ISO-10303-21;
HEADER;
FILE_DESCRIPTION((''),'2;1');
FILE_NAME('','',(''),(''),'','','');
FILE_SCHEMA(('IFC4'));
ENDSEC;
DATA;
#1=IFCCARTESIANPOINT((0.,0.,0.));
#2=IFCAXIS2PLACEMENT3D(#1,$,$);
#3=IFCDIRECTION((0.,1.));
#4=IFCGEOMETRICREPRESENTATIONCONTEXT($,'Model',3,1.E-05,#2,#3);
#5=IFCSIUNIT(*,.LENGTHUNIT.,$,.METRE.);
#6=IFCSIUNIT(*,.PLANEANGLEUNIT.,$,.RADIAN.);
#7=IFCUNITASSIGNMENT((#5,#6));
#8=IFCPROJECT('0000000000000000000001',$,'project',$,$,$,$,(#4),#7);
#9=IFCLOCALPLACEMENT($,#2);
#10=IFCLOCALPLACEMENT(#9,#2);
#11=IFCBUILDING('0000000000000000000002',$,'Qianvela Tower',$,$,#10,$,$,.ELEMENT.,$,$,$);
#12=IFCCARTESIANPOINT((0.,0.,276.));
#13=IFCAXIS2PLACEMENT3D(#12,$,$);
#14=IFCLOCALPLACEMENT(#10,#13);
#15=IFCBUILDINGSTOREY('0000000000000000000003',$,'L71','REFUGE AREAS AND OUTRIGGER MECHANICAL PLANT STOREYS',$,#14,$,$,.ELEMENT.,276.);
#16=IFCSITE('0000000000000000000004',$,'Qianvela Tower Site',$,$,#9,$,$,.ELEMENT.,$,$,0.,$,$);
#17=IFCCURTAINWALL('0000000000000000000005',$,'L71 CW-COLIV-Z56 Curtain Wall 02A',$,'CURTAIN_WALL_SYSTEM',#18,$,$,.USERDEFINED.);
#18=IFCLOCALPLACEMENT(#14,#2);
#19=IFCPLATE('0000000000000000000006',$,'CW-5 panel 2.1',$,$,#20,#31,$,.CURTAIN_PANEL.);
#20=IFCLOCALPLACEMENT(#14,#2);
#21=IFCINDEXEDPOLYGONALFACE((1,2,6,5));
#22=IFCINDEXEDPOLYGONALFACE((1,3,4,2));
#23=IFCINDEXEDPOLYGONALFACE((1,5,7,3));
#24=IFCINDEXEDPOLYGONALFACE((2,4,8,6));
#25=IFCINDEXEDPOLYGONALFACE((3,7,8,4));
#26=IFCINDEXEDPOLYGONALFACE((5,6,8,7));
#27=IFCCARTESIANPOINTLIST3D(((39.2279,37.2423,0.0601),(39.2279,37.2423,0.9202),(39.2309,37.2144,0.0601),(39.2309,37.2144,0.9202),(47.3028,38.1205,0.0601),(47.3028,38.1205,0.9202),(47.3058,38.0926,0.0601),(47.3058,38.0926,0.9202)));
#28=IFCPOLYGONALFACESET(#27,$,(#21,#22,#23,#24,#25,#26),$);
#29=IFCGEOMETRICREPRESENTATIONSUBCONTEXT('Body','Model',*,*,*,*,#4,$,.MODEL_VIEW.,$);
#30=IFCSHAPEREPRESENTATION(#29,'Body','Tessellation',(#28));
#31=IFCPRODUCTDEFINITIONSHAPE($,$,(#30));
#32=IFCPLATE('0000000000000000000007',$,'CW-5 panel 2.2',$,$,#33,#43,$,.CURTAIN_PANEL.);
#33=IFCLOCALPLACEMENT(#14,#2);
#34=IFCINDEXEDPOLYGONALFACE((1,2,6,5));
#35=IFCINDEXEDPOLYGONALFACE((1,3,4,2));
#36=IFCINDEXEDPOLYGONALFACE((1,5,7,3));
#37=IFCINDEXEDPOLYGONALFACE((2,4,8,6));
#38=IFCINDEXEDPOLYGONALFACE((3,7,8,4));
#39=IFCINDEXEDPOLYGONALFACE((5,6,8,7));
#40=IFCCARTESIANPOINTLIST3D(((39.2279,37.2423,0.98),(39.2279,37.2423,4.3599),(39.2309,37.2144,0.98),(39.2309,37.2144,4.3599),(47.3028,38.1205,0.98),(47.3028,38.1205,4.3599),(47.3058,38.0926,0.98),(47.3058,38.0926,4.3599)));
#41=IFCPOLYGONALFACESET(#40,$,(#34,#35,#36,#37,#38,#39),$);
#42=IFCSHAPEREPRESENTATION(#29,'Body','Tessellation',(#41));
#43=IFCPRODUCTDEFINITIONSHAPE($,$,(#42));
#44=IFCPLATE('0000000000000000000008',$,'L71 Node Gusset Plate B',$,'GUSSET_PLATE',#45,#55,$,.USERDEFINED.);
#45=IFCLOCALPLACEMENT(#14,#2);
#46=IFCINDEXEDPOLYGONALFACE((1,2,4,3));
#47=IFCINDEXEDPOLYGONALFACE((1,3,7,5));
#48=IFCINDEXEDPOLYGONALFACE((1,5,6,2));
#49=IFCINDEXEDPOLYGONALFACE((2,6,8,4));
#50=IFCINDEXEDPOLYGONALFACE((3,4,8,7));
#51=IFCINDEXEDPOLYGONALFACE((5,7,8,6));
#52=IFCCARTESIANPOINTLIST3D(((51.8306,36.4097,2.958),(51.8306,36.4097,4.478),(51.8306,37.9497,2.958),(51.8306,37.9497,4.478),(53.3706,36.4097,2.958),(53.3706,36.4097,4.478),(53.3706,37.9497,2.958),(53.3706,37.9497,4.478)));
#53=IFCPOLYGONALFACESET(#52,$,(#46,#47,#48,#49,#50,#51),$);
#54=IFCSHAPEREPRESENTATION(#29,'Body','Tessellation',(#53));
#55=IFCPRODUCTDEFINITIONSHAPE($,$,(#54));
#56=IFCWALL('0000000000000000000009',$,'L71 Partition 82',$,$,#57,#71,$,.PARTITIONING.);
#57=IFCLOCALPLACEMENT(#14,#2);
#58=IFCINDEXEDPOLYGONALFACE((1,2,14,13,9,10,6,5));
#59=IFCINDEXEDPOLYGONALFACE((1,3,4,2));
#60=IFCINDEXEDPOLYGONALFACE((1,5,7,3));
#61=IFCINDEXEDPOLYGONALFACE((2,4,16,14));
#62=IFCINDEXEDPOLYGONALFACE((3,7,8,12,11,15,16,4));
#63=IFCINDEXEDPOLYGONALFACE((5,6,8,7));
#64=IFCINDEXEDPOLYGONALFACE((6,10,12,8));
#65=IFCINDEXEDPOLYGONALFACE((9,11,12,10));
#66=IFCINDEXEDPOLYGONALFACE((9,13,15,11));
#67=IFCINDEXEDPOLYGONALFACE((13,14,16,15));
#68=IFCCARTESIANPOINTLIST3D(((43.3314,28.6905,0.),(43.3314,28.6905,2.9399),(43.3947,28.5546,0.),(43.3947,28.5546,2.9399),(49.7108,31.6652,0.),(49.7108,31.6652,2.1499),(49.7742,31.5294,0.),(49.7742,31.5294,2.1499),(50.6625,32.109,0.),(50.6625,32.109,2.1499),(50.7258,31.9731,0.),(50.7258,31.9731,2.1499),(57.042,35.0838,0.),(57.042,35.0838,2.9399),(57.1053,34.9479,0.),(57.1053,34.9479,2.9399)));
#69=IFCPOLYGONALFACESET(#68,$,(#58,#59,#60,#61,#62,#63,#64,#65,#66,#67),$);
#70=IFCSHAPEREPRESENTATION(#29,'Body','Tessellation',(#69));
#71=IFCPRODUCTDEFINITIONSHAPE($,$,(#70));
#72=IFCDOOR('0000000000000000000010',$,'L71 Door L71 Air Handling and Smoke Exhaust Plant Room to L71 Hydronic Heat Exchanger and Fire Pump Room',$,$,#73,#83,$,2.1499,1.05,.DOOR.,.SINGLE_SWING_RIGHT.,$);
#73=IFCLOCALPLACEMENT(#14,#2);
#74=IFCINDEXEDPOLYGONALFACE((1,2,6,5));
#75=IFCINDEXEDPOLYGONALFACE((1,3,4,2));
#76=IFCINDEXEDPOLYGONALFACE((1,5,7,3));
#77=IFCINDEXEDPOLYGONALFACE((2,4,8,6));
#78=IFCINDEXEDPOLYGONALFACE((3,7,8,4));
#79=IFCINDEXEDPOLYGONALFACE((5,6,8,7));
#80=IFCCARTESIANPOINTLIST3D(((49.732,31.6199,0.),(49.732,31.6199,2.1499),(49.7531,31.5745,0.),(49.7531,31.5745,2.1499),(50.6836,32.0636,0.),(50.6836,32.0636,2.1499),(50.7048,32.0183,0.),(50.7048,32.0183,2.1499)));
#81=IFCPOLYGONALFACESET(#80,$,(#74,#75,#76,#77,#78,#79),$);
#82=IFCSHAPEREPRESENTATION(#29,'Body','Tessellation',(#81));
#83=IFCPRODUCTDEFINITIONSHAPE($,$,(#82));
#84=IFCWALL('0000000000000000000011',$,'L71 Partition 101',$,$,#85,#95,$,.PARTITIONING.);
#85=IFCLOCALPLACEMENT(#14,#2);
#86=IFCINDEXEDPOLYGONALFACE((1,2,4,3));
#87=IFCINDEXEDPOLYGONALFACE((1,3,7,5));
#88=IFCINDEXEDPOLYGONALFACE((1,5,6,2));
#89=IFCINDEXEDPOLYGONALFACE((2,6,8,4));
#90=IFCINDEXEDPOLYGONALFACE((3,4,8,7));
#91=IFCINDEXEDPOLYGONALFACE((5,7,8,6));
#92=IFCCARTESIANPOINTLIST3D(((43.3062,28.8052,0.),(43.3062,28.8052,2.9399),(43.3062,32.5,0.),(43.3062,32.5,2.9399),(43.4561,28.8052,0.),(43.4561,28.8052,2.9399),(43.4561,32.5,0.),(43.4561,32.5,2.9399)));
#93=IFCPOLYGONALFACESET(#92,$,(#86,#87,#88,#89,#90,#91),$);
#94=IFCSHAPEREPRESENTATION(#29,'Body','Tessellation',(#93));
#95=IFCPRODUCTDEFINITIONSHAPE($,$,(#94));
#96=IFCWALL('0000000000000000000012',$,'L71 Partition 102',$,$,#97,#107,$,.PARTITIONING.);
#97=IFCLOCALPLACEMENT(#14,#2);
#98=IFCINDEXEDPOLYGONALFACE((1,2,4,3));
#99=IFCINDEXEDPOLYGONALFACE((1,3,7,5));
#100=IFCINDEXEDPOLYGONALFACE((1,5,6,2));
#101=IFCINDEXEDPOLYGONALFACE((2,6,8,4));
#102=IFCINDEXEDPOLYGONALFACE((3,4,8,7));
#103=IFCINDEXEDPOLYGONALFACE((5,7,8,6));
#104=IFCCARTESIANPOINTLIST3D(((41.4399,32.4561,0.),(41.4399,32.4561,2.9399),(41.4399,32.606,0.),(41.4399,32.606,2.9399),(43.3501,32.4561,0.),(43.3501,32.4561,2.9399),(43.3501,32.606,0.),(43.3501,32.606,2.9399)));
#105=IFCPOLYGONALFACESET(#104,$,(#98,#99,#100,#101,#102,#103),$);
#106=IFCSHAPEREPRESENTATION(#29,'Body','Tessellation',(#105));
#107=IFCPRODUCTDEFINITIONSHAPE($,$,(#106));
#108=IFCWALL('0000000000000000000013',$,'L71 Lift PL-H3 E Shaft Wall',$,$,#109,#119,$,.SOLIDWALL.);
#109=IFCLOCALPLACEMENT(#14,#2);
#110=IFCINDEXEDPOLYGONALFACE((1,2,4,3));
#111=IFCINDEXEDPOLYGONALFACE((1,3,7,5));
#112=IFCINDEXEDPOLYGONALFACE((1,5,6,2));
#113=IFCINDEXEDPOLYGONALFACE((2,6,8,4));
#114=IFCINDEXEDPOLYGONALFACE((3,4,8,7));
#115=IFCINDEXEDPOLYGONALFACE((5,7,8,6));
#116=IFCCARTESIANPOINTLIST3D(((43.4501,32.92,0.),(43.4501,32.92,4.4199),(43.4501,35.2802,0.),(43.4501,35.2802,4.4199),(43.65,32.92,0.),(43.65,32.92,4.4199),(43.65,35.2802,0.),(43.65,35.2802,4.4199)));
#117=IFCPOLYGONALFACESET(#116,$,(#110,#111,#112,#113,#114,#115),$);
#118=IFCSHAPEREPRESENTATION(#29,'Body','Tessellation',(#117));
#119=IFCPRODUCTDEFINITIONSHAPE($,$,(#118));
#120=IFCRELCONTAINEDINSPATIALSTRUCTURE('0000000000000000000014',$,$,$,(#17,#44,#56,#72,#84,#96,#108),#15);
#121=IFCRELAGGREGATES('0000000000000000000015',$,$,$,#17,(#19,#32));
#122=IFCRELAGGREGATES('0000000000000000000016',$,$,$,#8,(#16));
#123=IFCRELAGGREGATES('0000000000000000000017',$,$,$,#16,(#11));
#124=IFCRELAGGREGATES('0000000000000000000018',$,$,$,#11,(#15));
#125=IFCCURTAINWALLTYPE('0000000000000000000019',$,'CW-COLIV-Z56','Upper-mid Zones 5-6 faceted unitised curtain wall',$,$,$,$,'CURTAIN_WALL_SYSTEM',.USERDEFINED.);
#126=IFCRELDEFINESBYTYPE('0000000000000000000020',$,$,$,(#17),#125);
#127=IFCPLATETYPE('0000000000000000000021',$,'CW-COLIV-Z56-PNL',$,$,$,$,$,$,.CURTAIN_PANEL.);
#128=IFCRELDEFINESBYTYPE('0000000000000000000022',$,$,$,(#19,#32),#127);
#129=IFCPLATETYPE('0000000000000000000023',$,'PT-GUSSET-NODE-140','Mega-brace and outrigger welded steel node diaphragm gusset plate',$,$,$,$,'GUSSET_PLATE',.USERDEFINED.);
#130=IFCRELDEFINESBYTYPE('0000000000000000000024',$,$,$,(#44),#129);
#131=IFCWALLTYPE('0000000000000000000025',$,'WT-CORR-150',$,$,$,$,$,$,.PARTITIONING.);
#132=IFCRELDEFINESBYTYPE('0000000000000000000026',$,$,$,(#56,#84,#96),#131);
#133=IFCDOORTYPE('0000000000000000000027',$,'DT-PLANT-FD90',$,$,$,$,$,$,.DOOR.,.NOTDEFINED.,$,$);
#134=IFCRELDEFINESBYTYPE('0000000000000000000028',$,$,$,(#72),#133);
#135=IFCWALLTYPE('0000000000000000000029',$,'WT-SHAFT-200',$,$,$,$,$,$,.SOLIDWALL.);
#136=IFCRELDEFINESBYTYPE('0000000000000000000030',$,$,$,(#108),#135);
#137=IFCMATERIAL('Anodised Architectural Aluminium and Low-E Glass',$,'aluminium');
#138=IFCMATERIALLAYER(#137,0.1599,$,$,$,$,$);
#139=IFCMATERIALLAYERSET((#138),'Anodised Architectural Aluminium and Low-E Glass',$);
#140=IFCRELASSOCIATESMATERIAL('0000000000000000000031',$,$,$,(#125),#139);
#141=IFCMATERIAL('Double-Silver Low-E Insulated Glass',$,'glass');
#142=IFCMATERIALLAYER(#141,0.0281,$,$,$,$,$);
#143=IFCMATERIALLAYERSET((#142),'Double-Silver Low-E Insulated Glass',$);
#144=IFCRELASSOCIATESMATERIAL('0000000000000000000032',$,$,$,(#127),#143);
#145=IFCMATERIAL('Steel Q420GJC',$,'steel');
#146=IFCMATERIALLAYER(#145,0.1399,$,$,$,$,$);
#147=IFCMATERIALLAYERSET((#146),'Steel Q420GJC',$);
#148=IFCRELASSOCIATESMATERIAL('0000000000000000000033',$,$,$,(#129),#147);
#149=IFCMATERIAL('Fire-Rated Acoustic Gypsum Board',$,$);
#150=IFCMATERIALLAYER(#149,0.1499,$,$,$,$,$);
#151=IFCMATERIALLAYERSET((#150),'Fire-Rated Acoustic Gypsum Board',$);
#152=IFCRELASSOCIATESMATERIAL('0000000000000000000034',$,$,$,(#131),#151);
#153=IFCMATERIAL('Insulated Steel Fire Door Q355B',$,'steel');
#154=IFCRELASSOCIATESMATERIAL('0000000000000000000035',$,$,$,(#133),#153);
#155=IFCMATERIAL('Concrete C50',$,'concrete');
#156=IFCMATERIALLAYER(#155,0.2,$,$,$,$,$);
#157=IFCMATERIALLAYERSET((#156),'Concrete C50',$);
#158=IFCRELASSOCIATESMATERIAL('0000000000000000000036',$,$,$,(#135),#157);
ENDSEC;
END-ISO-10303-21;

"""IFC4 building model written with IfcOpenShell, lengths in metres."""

from ifc_helpers import new_model, si_unit, direction, frame, frame_2d, origin, origin_2d, place, context, subcontext, project, spatial, rectangle, extrude, material, layer, layer_set, type_object, element, fill, aggregate, save


model = new_model("IFC4")

# Units and contexts
model_context = context("Model", 3, precision=1e-05, world=origin(), true_north=direction((0.0, 1.0)))
body_context = subcontext(model_context, "Body", "Model", "MODEL_VIEW")
ifc_project = project(units=[si_unit("LENGTHUNIT", "METRE"), si_unit("PLANEANGLEUNIT", "RADIAN")], contexts=[model_context])

# Site, building, storey
site_placement = place(None, origin())
site = spatial("IfcSite", under=ifc_project, at=site_placement, Name="Qianvela Tower Site", CompositionType="ELEMENT", RefElevation=0.0)
building_placement = place(site_placement, origin())
building = spatial("IfcBuilding", under=site, at=building_placement, Name="Qianvela Tower", CompositionType="ELEMENT")
storey_placement = place(building_placement, frame((0.0, 0.0, 276.0)))
storey = spatial("IfcBuildingStorey", under=building, at=storey_placement, Name="L71", Description="REFUGE AREAS AND OUTRIGGER MECHANICAL PLANT STOREYS", CompositionType="ELEMENT", Elevation=276.0)

# Curtain wall
ifc_material_1 = material(Name="Anodised Architectural Aluminium and Low-E Glass", Category="aluminium")
ifc_layer_1 = layer(ifc_material_1, 0.1599)
ifc_layer_set_1 = layer_set([ifc_layer_1], Name="Anodised Architectural Aluminium and Low-E Glass")
curtain_wall_type_1 = type_object("IfcCurtainWallType", Name="CW-COLIV-Z56", Description="Upper-mid Zones 5-6 faceted unitised curtain wall", ElementType="CURTAIN_WALL_SYSTEM", PredefinedType="USERDEFINED", material=ifc_layer_set_1)
curtain_wall_1_placement = place(storey_placement, origin())
curtain_wall_1 = element("IfcCurtainWall", 1, at=curtain_wall_1_placement, inside=storey, type_object=curtain_wall_type_1, Name="L71 CW-COLIV-Z56 Curtain Wall 02A", ObjectType="CURTAIN_WALL_SYSTEM", PredefinedType="USERDEFINED")

# Plates
ifc_material_2 = material(Name="Double-Silver Low-E Insulated Glass", Category="glass")
ifc_layer_2 = layer(ifc_material_2, 0.0281)
ifc_layer_set_2 = layer_set([ifc_layer_2], Name="Double-Silver Low-E Insulated Glass")
plate_type_1 = type_object("IfcPlateType", Name="CW-COLIV-Z56-PNL", PredefinedType="CURTAIN_PANEL", material=ifc_layer_set_2)
plate_1_placement = place(storey_placement, frame((43.2668, 37.6675, 0.0601), z_axis=(0.0, 0.0, 1.0), x_axis=(-0.994138, -0.108121, 0.0)))
plate_1 = element("IfcPlate", 2, at=plate_1_placement, type_object=plate_type_1, Name="CW-5 panel 2.1", PredefinedType="CURTAIN_PANEL", context=body_context, shape_type="SweptSolid", body=[
    extrude(rectangle(XDim=8.1226, YDim=0.0281, at=origin_2d()), origin(), (0.0, 0.0, 1.0), 0.8601),
])
plate_2_placement = place(storey_placement, frame((43.2668, 37.6675, 0.98), z_axis=(0.0, 0.0, 1.0), x_axis=(-0.994138, -0.108121, 0.0)))
plate_2 = element("IfcPlate", 3, at=plate_2_placement, type_object=plate_type_1, Name="CW-5 panel 2.2", PredefinedType="CURTAIN_PANEL", context=body_context, shape_type="SweptSolid", body=[
    extrude(rectangle(XDim=8.1226, YDim=0.0281, at=origin_2d()), origin(), (0.0, 0.0, 1.0), 3.3799),
])
aggregate(curtain_wall_1, [plate_1, plate_2])
ifc_material_3 = material(Name="Steel Q420GJC", Category="steel")
ifc_layer_3 = layer(ifc_material_3, 0.1399)
ifc_layer_set_3 = layer_set([ifc_layer_3], Name="Steel Q420GJC")
plate_type_2 = type_object("IfcPlateType", Name="PT-GUSSET-NODE-140", Description="Mega-brace and outrigger welded steel node diaphragm gusset plate", ElementType="GUSSET_PLATE", PredefinedType="USERDEFINED", material=ifc_layer_set_3)
plate_3_placement = place(storey_placement, frame((52.6006, 37.1797, 2.958), z_axis=(0.0, 0.0, 1.0), x_axis=(1.0, 0.0, 0.0)))
element("IfcPlate", 4, at=plate_3_placement, inside=storey, type_object=plate_type_2, Name="L71 Node Gusset Plate B", ObjectType="GUSSET_PLATE", PredefinedType="USERDEFINED", context=body_context, shape_type="SweptSolid", body=[
    extrude(rectangle(XDim=1.54, YDim=1.54, at=origin_2d()), origin(), (0.0, 0.0, 1.0), 1.52),
])

# Wall, opening, door
ifc_material_4 = material(Name="Fire-Rated Acoustic Gypsum Board")
ifc_layer_4 = layer(ifc_material_4, 0.1499)
ifc_layer_set_4 = layer_set([ifc_layer_4], Name="Fire-Rated Acoustic Gypsum Board")
wall_type_1 = type_object("IfcWallType", Name="WT-CORR-150", PredefinedType="PARTITIONING", material=ifc_layer_set_4)
wall_1_placement = place(storey_placement, frame((43.363, 28.6226, 0.0), z_axis=(0.0, 0.0, 1.0), x_axis=(0.90631, 0.422613, 0.0)))
wall_1 = element("IfcWall", 5, at=wall_1_placement, inside=storey, type_object=wall_type_1, Name="L71 Partition 82", PredefinedType="PARTITIONING", context=body_context, shape_type="SweptSolid", body=[
    extrude(rectangle(XDim=15.1279, YDim=0.1499, at=frame_2d((7.564, 0.0))), origin(), (0.0, 0.0, 1.0), 2.9399),
])
opening_placement = place(wall_1_placement, frame((7.0391, 0.0, 0.0)))
opening = element("IfcOpeningElement", 6, at=opening_placement, cuts=wall_1, PredefinedType="OPENING", context=body_context, shape_type="SweptSolid", body=[
    extrude(rectangle(XDim=1.05, YDim=2.1499, at=frame_2d((0.5249, 1.075))), frame((0.0, 0.085, 0.0), z_axis=(0.0, -1.0, 0.0), x_axis=(1.0, 0.0, 0.0)), (0.0, 0.0, 1.0), 0.1699),
])
ifc_material_5 = material(Name="Insulated Steel Fire Door Q355B", Category="steel")
door_type = type_object("IfcDoorType", Name="DT-PLANT-FD90", OperationType="NOTDEFINED", PredefinedType="DOOR", material=ifc_material_5)
door_placement = place(opening_placement, origin())
door = element("IfcDoor", 7, at=door_placement, inside=storey, type_object=door_type, Name="L71 Door L71 Air Handling and Smoke Exhaust Plant Room to L71 Hydronic Heat Exchanger and Fire Pump Room", OperationType="SINGLE_SWING_RIGHT", OverallHeight=2.1499, OverallWidth=1.05, PredefinedType="DOOR", context=body_context, shape_type="SweptSolid", body=[
    extrude(rectangle(XDim=1.05, YDim=2.1499, at=frame_2d((0.5249, 1.075))), frame((0.0, 0.0249, 0.0), z_axis=(0.0, -1.0, 0.0), x_axis=(1.0, 0.0, 0.0)), (0.0, 0.0, 1.0), 0.05),
])
fill(opening, door)

# Walls
wall_2_placement = place(storey_placement, frame((43.3811, 28.8052, 0.0), z_axis=(0.0, 0.0, 1.0), x_axis=(0.0, 1.0, 0.0)))
element("IfcWall", 8, at=wall_2_placement, inside=storey, type_object=wall_type_1, Name="L71 Partition 101", PredefinedType="PARTITIONING", context=body_context, shape_type="SweptSolid", body=[
    extrude(rectangle(XDim=3.6948, YDim=0.1499, at=frame_2d((1.8474, 0.0))), origin(), (0.0, 0.0, 1.0), 2.9399),
])
wall_3_placement = place(storey_placement, frame((43.3501, 32.531, 0.0), z_axis=(0.0, 0.0, 1.0), x_axis=(-1.0, 0.0, 0.0)))
element("IfcWall", 9, at=wall_3_placement, inside=storey, type_object=wall_type_1, Name="L71 Partition 102", PredefinedType="PARTITIONING", context=body_context, shape_type="SweptSolid", body=[
    extrude(rectangle(XDim=1.9102, YDim=0.1499, at=frame_2d((0.9551, 0.0))), origin(), (0.0, 0.0, 1.0), 2.9399),
])
ifc_material_6 = material(Name="Concrete C50", Category="concrete")
ifc_layer_5 = layer(ifc_material_6, 0.2)
ifc_layer_set_5 = layer_set([ifc_layer_5], Name="Concrete C50")
wall_type_2 = type_object("IfcWallType", Name="WT-SHAFT-200", PredefinedType="SOLIDWALL", material=ifc_layer_set_5)
wall_4_placement = place(storey_placement, frame((43.55, 32.9199, 0.0), z_axis=(0.0, 0.0, 1.0), x_axis=(0.0, 1.0, 0.0)))
element("IfcWall", 10, at=wall_4_placement, inside=storey, type_object=wall_type_2, Name="L71 Lift PL-H3 E Shaft Wall", PredefinedType="SOLIDWALL", context=body_context, shape_type="SweptSolid", body=[
    extrude(rectangle(XDim=2.3601, YDim=0.2, at=frame_2d((1.1802, 0.0))), origin(), (0.0, 0.0, 1.0), 4.4199),
])

save(model, "model.ifc")
